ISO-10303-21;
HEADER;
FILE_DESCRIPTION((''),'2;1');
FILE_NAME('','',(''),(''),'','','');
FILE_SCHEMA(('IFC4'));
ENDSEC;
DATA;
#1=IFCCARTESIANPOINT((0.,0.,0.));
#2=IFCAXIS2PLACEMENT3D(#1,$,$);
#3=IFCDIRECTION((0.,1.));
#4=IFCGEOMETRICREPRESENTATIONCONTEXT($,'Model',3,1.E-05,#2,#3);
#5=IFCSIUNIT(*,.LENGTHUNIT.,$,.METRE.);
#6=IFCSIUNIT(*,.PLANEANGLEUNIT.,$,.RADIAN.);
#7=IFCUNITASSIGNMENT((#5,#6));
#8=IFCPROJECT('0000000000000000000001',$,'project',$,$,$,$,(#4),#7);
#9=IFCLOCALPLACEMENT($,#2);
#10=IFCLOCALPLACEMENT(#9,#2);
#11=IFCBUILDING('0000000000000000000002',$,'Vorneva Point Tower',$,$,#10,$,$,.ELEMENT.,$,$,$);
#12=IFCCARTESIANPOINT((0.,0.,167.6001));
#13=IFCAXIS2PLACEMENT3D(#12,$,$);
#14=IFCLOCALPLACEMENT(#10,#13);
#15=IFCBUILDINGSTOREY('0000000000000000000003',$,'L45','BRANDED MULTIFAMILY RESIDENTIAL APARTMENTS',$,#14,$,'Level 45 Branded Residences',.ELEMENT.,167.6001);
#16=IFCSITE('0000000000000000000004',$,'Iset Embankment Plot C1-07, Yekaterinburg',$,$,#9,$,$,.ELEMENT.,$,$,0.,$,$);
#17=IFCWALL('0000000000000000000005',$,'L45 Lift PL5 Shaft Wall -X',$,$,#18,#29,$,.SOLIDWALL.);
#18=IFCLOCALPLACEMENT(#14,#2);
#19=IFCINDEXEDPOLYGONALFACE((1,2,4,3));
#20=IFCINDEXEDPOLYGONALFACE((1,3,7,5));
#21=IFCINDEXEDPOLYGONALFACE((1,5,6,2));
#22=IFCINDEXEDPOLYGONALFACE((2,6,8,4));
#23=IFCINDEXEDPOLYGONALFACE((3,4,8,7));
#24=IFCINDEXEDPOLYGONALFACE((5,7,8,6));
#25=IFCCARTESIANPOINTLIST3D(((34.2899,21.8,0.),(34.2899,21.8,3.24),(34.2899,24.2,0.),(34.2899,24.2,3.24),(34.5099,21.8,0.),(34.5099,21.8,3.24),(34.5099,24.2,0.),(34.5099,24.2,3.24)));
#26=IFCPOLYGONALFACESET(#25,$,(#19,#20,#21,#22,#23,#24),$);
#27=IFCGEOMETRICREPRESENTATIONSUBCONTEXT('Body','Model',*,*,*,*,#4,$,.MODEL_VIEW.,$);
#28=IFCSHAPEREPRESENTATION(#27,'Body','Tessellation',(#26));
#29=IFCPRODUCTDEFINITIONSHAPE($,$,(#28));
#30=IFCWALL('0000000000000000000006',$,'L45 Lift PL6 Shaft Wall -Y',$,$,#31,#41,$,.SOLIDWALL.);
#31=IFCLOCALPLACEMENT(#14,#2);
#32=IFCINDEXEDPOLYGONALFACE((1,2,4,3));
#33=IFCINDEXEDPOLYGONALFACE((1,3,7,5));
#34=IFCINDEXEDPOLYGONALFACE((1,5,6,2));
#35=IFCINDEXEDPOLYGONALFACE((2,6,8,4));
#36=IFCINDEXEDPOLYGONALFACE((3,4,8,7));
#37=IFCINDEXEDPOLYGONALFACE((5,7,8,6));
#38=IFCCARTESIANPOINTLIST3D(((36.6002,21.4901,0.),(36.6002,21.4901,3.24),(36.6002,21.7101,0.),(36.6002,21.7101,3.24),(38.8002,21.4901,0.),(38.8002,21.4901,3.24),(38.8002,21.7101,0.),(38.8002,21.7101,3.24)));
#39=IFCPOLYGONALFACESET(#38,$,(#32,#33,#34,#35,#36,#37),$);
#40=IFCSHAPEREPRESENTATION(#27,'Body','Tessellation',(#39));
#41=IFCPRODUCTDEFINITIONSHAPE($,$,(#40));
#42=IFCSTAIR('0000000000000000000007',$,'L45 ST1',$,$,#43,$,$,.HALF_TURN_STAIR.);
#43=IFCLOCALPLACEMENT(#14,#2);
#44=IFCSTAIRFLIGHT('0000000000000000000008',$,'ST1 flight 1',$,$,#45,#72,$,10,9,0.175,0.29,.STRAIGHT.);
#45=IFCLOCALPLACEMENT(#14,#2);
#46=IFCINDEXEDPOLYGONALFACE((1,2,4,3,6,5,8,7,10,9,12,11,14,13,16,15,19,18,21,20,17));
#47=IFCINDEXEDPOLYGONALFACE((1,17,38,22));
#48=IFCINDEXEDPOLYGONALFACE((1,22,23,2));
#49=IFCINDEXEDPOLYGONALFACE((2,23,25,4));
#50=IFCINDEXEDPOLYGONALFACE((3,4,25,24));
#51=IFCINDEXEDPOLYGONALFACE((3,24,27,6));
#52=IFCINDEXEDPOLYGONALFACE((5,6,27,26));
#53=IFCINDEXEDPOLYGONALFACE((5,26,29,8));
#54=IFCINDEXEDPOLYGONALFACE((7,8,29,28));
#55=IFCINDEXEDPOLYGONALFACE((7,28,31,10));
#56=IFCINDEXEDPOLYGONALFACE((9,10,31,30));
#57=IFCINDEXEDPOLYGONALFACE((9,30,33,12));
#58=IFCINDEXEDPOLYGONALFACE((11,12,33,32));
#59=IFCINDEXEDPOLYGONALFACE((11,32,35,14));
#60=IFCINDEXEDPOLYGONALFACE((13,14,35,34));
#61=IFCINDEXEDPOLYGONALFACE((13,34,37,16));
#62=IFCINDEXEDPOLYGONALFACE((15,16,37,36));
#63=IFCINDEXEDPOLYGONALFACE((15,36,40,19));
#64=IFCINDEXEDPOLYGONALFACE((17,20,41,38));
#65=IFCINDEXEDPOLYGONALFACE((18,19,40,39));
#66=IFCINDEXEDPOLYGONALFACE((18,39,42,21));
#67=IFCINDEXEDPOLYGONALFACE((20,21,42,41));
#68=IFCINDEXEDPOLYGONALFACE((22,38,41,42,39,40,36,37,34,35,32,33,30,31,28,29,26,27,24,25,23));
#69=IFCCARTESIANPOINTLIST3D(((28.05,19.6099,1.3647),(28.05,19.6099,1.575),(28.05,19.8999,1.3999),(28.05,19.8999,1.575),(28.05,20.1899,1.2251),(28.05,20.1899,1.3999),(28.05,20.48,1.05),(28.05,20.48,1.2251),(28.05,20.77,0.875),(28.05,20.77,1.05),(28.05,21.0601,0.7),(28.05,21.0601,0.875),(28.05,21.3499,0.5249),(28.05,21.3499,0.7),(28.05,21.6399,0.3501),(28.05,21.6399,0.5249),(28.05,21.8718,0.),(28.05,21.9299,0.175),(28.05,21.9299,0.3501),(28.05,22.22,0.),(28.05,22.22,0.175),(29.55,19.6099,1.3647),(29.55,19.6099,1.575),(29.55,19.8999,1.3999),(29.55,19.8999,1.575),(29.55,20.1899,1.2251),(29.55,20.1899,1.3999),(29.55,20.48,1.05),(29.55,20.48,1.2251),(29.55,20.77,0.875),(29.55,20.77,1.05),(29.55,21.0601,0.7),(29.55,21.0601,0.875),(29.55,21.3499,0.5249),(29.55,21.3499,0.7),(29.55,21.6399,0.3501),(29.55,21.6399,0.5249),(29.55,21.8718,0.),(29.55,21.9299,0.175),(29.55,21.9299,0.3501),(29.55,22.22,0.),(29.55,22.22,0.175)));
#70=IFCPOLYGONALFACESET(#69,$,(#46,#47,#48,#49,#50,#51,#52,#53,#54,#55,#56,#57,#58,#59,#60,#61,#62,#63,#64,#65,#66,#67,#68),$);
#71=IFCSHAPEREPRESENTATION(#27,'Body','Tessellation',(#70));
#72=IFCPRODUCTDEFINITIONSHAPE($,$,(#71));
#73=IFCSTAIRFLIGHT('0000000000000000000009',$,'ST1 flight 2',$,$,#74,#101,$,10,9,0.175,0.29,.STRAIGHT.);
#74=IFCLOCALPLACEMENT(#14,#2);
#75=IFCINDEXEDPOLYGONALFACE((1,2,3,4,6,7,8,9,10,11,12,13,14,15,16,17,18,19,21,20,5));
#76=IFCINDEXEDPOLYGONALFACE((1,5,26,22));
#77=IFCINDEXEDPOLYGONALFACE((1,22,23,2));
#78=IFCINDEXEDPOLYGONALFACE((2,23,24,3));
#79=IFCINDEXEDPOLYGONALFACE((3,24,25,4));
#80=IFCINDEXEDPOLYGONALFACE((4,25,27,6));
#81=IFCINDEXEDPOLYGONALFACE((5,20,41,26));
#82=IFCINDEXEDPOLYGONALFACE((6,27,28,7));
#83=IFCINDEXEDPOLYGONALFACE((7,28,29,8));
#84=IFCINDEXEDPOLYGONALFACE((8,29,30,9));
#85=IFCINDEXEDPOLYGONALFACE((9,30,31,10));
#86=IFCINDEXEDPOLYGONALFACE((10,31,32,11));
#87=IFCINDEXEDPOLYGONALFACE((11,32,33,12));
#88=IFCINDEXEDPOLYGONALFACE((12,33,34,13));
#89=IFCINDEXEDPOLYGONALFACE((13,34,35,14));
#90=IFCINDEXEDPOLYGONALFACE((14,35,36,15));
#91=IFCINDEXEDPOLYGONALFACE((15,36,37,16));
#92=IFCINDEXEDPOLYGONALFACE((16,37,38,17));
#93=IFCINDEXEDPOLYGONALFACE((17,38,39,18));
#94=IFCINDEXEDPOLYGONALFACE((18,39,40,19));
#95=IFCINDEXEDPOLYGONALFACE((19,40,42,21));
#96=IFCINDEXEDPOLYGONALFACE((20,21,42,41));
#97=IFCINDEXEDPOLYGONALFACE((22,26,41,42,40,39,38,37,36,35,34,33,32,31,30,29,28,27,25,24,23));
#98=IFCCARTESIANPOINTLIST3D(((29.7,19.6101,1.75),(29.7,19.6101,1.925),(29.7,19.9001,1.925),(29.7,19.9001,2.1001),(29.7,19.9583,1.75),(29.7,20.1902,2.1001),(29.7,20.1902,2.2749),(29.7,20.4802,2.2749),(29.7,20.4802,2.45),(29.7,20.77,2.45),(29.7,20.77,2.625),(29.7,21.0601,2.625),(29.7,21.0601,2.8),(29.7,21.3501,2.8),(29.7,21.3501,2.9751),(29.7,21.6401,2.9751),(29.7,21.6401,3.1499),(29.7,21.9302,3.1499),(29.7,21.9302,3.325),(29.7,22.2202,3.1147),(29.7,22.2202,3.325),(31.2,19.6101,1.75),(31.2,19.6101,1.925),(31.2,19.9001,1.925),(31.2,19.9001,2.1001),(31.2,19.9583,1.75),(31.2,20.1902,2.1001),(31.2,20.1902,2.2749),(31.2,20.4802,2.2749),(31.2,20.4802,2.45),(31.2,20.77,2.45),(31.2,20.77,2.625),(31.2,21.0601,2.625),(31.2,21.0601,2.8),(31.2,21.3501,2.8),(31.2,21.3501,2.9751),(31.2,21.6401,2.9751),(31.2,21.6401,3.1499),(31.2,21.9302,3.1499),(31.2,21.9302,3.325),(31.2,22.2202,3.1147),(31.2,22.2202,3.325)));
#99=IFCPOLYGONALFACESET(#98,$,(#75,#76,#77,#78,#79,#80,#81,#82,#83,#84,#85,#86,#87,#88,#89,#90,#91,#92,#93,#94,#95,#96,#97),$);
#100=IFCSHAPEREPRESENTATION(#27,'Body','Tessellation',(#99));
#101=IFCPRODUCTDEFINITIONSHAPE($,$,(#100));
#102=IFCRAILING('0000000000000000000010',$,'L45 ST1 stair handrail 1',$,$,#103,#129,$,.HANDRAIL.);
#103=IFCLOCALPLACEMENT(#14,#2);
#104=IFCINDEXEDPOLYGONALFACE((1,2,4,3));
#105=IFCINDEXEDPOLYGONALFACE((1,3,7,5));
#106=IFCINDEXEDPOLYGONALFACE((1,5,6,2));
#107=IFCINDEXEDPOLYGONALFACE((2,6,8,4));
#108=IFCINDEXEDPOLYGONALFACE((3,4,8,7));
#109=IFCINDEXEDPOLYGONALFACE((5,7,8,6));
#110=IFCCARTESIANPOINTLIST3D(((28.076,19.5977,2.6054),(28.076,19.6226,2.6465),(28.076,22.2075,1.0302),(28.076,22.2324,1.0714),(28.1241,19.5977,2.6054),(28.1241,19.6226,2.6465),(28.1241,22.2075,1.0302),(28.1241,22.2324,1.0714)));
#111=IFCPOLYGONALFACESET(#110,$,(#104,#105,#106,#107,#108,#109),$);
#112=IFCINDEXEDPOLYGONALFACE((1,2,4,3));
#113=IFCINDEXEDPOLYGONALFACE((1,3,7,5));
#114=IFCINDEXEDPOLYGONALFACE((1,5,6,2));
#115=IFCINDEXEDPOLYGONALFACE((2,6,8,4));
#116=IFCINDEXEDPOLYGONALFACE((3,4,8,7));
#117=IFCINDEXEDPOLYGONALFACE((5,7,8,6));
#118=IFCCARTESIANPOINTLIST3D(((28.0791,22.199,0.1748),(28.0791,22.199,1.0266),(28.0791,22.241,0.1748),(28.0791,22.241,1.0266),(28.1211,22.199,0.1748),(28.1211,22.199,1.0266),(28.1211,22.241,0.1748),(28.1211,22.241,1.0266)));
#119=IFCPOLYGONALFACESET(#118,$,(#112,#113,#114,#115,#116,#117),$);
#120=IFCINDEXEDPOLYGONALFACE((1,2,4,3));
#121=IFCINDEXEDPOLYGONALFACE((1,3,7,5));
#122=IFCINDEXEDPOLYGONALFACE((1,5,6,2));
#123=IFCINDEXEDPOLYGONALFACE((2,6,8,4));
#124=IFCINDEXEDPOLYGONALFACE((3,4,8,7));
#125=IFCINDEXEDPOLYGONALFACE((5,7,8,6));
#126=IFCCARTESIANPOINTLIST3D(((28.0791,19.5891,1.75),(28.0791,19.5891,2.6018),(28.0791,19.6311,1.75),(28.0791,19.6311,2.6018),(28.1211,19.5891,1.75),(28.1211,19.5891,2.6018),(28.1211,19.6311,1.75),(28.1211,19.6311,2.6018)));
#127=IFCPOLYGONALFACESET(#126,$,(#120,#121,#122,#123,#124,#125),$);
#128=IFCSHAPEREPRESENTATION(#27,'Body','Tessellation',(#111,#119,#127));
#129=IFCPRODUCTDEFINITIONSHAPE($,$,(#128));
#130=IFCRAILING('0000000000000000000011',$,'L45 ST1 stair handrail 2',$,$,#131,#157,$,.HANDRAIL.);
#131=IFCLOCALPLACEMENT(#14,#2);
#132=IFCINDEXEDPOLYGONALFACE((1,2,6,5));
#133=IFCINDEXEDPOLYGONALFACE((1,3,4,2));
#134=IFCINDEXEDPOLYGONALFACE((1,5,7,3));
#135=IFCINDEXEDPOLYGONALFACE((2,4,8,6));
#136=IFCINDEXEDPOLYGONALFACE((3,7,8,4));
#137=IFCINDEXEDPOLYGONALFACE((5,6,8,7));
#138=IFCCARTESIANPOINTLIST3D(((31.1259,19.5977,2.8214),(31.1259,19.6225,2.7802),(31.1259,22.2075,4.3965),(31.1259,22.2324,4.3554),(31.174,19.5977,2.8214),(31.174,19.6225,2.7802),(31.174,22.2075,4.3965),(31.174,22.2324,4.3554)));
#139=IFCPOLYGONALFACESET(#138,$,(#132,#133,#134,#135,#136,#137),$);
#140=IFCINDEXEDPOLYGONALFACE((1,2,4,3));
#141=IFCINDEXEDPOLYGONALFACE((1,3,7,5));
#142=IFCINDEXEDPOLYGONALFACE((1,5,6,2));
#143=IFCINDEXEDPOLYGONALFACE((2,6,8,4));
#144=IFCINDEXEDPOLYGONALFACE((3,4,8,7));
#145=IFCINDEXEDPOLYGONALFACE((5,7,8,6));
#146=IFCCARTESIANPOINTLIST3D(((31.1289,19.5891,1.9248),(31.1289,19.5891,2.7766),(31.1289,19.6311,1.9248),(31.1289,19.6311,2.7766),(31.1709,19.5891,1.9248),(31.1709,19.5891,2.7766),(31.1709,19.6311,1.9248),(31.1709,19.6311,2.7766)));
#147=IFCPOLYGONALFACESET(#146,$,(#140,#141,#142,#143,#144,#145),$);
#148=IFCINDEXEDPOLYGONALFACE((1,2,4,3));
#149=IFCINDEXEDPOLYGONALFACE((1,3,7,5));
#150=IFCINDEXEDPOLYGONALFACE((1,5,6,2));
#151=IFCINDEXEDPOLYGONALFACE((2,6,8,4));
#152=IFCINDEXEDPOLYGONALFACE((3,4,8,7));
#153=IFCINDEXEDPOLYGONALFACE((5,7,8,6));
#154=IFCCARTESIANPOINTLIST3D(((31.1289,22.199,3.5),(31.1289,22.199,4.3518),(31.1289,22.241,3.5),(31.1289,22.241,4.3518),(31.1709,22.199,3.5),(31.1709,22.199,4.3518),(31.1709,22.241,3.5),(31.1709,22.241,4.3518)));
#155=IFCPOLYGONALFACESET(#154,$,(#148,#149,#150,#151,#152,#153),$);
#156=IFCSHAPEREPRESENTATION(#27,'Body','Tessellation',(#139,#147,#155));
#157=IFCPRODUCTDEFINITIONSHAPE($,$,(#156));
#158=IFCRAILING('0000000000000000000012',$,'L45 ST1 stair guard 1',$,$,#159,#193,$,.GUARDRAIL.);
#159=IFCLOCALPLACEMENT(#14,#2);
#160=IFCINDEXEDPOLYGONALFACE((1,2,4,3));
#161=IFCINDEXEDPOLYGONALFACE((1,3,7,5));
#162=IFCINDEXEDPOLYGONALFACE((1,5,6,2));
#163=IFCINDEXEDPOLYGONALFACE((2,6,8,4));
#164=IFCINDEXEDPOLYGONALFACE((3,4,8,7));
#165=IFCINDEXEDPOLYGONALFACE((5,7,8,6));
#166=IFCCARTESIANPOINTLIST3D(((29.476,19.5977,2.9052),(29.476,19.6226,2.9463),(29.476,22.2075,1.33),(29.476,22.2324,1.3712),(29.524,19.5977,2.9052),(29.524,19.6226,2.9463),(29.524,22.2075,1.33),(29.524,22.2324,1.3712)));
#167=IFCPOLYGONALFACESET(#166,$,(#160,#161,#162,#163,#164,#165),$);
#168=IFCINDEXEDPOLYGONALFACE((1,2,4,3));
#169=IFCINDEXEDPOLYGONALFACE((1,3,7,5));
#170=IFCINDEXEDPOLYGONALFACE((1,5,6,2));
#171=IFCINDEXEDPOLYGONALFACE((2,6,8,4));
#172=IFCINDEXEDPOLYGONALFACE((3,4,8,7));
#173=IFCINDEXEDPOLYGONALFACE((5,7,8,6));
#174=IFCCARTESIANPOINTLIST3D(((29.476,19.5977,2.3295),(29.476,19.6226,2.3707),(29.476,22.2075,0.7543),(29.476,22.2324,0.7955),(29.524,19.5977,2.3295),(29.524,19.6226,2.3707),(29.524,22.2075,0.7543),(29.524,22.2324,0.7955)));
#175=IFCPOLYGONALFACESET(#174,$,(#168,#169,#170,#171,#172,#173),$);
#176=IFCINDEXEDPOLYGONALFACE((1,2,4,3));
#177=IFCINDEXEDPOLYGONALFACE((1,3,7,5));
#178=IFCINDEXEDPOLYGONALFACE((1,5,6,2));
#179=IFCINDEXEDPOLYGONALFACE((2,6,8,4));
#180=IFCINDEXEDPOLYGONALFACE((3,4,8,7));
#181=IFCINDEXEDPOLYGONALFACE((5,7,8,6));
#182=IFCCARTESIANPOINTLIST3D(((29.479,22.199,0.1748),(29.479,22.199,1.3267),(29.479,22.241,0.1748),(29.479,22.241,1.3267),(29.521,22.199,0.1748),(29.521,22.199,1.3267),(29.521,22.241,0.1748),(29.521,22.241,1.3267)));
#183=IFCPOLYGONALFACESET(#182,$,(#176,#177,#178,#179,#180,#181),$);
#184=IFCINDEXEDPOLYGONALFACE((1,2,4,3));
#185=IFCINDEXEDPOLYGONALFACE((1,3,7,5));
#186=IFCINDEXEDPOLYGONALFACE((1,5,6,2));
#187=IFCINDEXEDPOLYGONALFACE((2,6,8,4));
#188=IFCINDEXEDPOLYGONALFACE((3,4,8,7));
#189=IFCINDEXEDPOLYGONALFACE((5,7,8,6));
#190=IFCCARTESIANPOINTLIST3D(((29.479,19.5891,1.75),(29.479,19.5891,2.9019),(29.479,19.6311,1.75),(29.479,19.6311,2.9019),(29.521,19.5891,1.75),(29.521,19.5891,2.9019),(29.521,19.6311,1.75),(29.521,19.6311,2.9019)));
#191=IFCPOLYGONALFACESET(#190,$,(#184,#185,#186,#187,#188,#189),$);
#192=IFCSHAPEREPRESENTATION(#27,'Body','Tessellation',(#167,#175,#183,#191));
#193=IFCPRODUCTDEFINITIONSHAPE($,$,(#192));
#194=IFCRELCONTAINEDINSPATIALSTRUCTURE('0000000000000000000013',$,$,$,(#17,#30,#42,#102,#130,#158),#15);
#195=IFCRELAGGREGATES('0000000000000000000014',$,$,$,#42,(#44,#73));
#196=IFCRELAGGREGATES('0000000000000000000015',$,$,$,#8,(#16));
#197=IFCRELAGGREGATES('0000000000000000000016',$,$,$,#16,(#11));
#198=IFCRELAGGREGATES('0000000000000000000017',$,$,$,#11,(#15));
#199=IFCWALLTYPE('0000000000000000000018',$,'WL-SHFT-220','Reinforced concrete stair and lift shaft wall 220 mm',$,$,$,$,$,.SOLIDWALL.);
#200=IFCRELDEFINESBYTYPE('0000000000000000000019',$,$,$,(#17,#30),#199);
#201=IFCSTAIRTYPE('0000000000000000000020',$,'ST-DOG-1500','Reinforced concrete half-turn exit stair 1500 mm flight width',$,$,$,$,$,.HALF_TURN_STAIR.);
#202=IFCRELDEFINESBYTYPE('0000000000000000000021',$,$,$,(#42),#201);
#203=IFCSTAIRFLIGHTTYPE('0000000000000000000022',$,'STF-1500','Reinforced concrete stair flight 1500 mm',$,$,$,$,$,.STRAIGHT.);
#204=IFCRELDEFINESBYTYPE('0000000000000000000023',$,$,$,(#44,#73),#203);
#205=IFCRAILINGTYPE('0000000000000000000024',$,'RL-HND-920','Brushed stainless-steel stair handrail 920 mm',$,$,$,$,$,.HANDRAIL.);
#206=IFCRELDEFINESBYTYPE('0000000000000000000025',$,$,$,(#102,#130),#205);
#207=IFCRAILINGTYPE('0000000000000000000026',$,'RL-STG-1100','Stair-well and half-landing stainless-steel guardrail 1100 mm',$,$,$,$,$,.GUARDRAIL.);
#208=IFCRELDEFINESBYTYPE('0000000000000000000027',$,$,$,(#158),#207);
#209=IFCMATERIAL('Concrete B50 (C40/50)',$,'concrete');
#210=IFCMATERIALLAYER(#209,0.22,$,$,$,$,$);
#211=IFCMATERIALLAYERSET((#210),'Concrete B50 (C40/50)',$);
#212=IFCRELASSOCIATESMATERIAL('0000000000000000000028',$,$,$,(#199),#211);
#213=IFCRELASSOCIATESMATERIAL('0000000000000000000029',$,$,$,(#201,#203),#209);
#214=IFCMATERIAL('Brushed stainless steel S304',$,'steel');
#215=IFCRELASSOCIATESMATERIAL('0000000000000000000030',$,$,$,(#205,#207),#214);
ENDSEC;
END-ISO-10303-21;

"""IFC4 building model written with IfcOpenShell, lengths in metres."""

from ifc_helpers import new_model, si_unit, direction, frame, frame_2d, origin, origin_2d, place, context, subcontext, project, spatial, polyline, rectangle, outline, extrude, material, layer, layer_set, type_object, element, aggregate, save


model = new_model("IFC4")

# Units and contexts
model_context = context("Model", 3, precision=1e-05, world=origin(), true_north=direction((0.0, 1.0)))
body_context = subcontext(model_context, "Body", "Model", "MODEL_VIEW")
ifc_project = project(units=[si_unit("LENGTHUNIT", "METRE"), si_unit("PLANEANGLEUNIT", "RADIAN")], contexts=[model_context])

# Site, building, storey
site_placement = place(None, origin())
site = spatial("IfcSite", under=ifc_project, at=site_placement, Name="Iset Embankment Plot C1-07, Yekaterinburg", CompositionType="ELEMENT", RefElevation=0.0)
building_placement = place(site_placement, origin())
building = spatial("IfcBuilding", under=site, at=building_placement, Name="Vorneva Point Tower", CompositionType="ELEMENT")
storey_placement = place(building_placement, frame((0.0, 0.0, 167.6001)))
storey = spatial("IfcBuildingStorey", under=building, at=storey_placement, Name="L45", Description="BRANDED MULTIFAMILY RESIDENTIAL APARTMENTS", LongName="Level 45 Branded Residences", CompositionType="ELEMENT", Elevation=167.6001)

# Shared definitions
ifc_material_1 = material(Name="Concrete B50 (C40/50)", Category="concrete")
ifc_layer_1 = layer(ifc_material_1, 0.22)
ifc_layer_set_1 = layer_set([ifc_layer_1], Name="Concrete B50 (C40/50)")
wall_type_1 = type_object("IfcWallType", Name="WL-SHFT-220", Description="Reinforced concrete stair and lift shaft wall 220 mm", PredefinedType="SOLIDWALL", material=ifc_layer_set_1)

# Shared definitions
ifc_material_2 = material(Name="Brushed stainless steel S304", Category="steel")

# Walls
wall_1_placement = place(storey_placement, frame((34.3999, 24.2, 0.0), z_axis=(0.0, 0.0, 1.0), x_axis=(0.0, -1.0, 0.0)))
element("IfcWall", 1, at=wall_1_placement, inside=storey, type_object=wall_type_1, Name="L45 Lift PL5 Shaft Wall -X", PredefinedType="SOLIDWALL", context=body_context, shape_type="SweptSolid", body=[
    extrude(rectangle(XDim=2.3999, YDim=0.22, at=frame_2d((1.2, 0.0))), origin(), (0.0, 0.0, 1.0), 3.24),
])
wall_2_placement = place(storey_placement, frame((36.6001, 21.6001, 0.0), z_axis=(0.0, 0.0, 1.0), x_axis=(1.0, 0.0, 0.0)))
element("IfcWall", 2, at=wall_2_placement, inside=storey, type_object=wall_type_1, Name="L45 Lift PL6 Shaft Wall -Y", PredefinedType="SOLIDWALL", context=body_context, shape_type="SweptSolid", body=[
    extrude(rectangle(XDim=2.2, YDim=0.22, at=frame_2d((1.1001, 0.0))), origin(), (0.0, 0.0, 1.0), 3.24),
])

# Stair, stair flights
stair_type = type_object("IfcStairType", Name="ST-DOG-1500", Description="Reinforced concrete half-turn exit stair 1500 mm flight width", PredefinedType="HALF_TURN_STAIR", material=ifc_material_1)
stair_placement = place(storey_placement, origin())
stair = element("IfcStair", 3, at=stair_placement, inside=storey, type_object=stair_type, Name="L45 ST1", PredefinedType="HALF_TURN_STAIR")
stair_flight_type = type_object("IfcStairFlightType", Name="STF-1500", Description="Reinforced concrete stair flight 1500 mm", PredefinedType="STRAIGHT", material=ifc_material_1)
stair_flight_1_placement = place(storey_placement, frame((28.8, 22.22, 0.0), z_axis=(0.0, 0.0, 1.0), x_axis=(0.0, -1.0, 0.0)))
stair_flight_1 = element("IfcStairFlight", 4, at=stair_flight_1_placement, type_object=stair_flight_type, Name="ST1 flight 1", NumberOfRisers=10, NumberOfTreads=9, PredefinedType="STRAIGHT", RiserHeight=0.175, TreadLength=0.29, context=body_context, shape_type="SweptSolid", body=[
    extrude(outline(polyline([(0.0, 0.0), (0.0, 0.175), (0.29, 0.175), (0.29, 0.3501), (0.5801, 0.3501), (0.5801, 0.5249), (0.8701, 0.5249), (0.8701, 0.7), (1.1599, 0.7), (1.1599, 0.875), (1.45, 0.875), (1.45, 1.05), (1.74, 1.05), (1.74, 1.2251), (2.03, 1.2251), (2.03, 1.3999), (2.3201, 1.3999), (2.3201, 1.575), (2.6101, 1.575), (2.6101, 1.75), (2.6101, 1.3647), (0.3481, 0.0), (0.0, 0.0)])), frame((0.0, 0.75, 0.0), z_axis=(0.0, -1.0, 0.0), x_axis=(1.0, 0.0, 0.0)), (0.0, 0.0, 1.0), 1.5),
])
stair_flight_2_placement = place(storey_placement, frame((30.45, 19.6101, 1.75), z_axis=(0.0, 0.0, 1.0), x_axis=(0.0, 1.0, 0.0)))
stair_flight_2 = element("IfcStairFlight", 5, at=stair_flight_2_placement, type_object=stair_flight_type, Name="ST1 flight 2", NumberOfRisers=10, NumberOfTreads=9, PredefinedType="STRAIGHT", RiserHeight=0.175, TreadLength=0.29, context=body_context, shape_type="SweptSolid", body=[
    extrude(outline(polyline([(0.0, 0.0), (0.0, 0.175), (0.29, 0.175), (0.29, 0.3501), (0.5801, 0.3501), (0.5801, 0.5249), (0.8701, 0.5249), (0.8701, 0.7), (1.1599, 0.7), (1.1599, 0.875), (1.45, 0.875), (1.45, 1.05), (1.74, 1.05), (1.74, 1.2251), (2.03, 1.2251), (2.03, 1.3999), (2.3201, 1.3999), (2.3201, 1.575), (2.6101, 1.575), (2.6101, 1.75), (2.6101, 1.3647), (0.3481, 0.0), (0.0, 0.0)])), frame((0.0, 0.75, 0.0), z_axis=(0.0, -1.0, 0.0), x_axis=(1.0, 0.0, 0.0)), (0.0, 0.0, 1.0), 1.5),
])
aggregate(stair, [stair_flight_1, stair_flight_2])

# Railings
railing_type_1 = type_object("IfcRailingType", Name="RL-HND-920", Description="Brushed stainless-steel stair handrail 920 mm", PredefinedType="HANDRAIL", material=ifc_material_2)
railing_1_placement = place(storey_placement, frame((28.1001, 22.22, 0.1748)))
element("IfcRailing", 6, at=railing_1_placement, inside=storey, type_object=railing_type_1, Name="L45 ST1 stair handrail 1", PredefinedType="HANDRAIL", context=body_context, shape_type="SweptSolid", body=[
    extrude(rectangle(XDim=0.0481, YDim=0.0481, at=origin_2d()), frame((0.0, 0.0, 0.876), z_axis=(0.0, -0.856147, 0.516732), x_axis=(1.0, 0.0, 0.0)), (0.0, 0.0, 1.0), 3.0483),
    extrude(rectangle(XDim=0.042, YDim=0.042, at=origin_2d()), origin(), (0.0, 0.0, 1.0), 0.8518),
    extrude(rectangle(XDim=0.042, YDim=0.042, at=origin_2d()), frame((0.0, -2.6099, 1.5752)), (0.0, 0.0, 1.0), 0.8518),
])
railing_2_placement = place(storey_placement, frame((31.1499, 19.6101, 1.9248)))
element("IfcRailing", 7, at=railing_2_placement, inside=storey, type_object=railing_type_1, Name="L45 ST1 stair handrail 2", PredefinedType="HANDRAIL", context=body_context, shape_type="SweptSolid", body=[
    extrude(rectangle(XDim=0.0481, YDim=0.0481, at=origin_2d()), frame((0.0, 0.0, 0.876), z_axis=(0.0, 0.856147, 0.516732), x_axis=(-1.0, 0.0, 0.0)), (0.0, 0.0, 1.0), 3.0483),
    extrude(rectangle(XDim=0.042, YDim=0.042, at=origin_2d()), origin(), (0.0, 0.0, 1.0), 0.8518),
    extrude(rectangle(XDim=0.042, YDim=0.042, at=origin_2d()), frame((0.0, 2.6099, 1.5752)), (0.0, 0.0, 1.0), 0.8518),
])
railing_type_2 = type_object("IfcRailingType", Name="RL-STG-1100", Description="Stair-well and half-landing stainless-steel guardrail 1100 mm", PredefinedType="GUARDRAIL", material=ifc_material_2)
railing_3_placement = place(storey_placement, frame((29.5, 22.22, 0.1748)))
element("IfcRailing", 8, at=railing_3_placement, inside=storey, type_object=railing_type_2, Name="L45 ST1 stair guard 1", PredefinedType="GUARDRAIL", context=body_context, shape_type="SweptSolid", body=[
    extrude(rectangle(XDim=0.0481, YDim=0.0481, at=origin_2d()), frame((0.0, 0.0, 1.1758), z_axis=(0.0, -0.856147, 0.516732), x_axis=(1.0, 0.0, 0.0)), (0.0, 0.0, 1.0), 3.0483),
    extrude(rectangle(XDim=0.0481, YDim=0.0481, at=origin_2d()), frame((0.0, 0.0, 0.6001), z_axis=(0.0, -0.856147, 0.516732), x_axis=(1.0, 0.0, 0.0)), (0.0, 0.0, 1.0), 3.0483),
    extrude(rectangle(XDim=0.042, YDim=0.042, at=origin_2d()), origin(), (0.0, 0.0, 1.0), 1.1519),
    extrude(rectangle(XDim=0.042, YDim=0.042, at=origin_2d()), frame((0.0, -2.6099, 1.5752)), (0.0, 0.0, 1.0), 1.1519),
])

save(model, "model.ifc")
